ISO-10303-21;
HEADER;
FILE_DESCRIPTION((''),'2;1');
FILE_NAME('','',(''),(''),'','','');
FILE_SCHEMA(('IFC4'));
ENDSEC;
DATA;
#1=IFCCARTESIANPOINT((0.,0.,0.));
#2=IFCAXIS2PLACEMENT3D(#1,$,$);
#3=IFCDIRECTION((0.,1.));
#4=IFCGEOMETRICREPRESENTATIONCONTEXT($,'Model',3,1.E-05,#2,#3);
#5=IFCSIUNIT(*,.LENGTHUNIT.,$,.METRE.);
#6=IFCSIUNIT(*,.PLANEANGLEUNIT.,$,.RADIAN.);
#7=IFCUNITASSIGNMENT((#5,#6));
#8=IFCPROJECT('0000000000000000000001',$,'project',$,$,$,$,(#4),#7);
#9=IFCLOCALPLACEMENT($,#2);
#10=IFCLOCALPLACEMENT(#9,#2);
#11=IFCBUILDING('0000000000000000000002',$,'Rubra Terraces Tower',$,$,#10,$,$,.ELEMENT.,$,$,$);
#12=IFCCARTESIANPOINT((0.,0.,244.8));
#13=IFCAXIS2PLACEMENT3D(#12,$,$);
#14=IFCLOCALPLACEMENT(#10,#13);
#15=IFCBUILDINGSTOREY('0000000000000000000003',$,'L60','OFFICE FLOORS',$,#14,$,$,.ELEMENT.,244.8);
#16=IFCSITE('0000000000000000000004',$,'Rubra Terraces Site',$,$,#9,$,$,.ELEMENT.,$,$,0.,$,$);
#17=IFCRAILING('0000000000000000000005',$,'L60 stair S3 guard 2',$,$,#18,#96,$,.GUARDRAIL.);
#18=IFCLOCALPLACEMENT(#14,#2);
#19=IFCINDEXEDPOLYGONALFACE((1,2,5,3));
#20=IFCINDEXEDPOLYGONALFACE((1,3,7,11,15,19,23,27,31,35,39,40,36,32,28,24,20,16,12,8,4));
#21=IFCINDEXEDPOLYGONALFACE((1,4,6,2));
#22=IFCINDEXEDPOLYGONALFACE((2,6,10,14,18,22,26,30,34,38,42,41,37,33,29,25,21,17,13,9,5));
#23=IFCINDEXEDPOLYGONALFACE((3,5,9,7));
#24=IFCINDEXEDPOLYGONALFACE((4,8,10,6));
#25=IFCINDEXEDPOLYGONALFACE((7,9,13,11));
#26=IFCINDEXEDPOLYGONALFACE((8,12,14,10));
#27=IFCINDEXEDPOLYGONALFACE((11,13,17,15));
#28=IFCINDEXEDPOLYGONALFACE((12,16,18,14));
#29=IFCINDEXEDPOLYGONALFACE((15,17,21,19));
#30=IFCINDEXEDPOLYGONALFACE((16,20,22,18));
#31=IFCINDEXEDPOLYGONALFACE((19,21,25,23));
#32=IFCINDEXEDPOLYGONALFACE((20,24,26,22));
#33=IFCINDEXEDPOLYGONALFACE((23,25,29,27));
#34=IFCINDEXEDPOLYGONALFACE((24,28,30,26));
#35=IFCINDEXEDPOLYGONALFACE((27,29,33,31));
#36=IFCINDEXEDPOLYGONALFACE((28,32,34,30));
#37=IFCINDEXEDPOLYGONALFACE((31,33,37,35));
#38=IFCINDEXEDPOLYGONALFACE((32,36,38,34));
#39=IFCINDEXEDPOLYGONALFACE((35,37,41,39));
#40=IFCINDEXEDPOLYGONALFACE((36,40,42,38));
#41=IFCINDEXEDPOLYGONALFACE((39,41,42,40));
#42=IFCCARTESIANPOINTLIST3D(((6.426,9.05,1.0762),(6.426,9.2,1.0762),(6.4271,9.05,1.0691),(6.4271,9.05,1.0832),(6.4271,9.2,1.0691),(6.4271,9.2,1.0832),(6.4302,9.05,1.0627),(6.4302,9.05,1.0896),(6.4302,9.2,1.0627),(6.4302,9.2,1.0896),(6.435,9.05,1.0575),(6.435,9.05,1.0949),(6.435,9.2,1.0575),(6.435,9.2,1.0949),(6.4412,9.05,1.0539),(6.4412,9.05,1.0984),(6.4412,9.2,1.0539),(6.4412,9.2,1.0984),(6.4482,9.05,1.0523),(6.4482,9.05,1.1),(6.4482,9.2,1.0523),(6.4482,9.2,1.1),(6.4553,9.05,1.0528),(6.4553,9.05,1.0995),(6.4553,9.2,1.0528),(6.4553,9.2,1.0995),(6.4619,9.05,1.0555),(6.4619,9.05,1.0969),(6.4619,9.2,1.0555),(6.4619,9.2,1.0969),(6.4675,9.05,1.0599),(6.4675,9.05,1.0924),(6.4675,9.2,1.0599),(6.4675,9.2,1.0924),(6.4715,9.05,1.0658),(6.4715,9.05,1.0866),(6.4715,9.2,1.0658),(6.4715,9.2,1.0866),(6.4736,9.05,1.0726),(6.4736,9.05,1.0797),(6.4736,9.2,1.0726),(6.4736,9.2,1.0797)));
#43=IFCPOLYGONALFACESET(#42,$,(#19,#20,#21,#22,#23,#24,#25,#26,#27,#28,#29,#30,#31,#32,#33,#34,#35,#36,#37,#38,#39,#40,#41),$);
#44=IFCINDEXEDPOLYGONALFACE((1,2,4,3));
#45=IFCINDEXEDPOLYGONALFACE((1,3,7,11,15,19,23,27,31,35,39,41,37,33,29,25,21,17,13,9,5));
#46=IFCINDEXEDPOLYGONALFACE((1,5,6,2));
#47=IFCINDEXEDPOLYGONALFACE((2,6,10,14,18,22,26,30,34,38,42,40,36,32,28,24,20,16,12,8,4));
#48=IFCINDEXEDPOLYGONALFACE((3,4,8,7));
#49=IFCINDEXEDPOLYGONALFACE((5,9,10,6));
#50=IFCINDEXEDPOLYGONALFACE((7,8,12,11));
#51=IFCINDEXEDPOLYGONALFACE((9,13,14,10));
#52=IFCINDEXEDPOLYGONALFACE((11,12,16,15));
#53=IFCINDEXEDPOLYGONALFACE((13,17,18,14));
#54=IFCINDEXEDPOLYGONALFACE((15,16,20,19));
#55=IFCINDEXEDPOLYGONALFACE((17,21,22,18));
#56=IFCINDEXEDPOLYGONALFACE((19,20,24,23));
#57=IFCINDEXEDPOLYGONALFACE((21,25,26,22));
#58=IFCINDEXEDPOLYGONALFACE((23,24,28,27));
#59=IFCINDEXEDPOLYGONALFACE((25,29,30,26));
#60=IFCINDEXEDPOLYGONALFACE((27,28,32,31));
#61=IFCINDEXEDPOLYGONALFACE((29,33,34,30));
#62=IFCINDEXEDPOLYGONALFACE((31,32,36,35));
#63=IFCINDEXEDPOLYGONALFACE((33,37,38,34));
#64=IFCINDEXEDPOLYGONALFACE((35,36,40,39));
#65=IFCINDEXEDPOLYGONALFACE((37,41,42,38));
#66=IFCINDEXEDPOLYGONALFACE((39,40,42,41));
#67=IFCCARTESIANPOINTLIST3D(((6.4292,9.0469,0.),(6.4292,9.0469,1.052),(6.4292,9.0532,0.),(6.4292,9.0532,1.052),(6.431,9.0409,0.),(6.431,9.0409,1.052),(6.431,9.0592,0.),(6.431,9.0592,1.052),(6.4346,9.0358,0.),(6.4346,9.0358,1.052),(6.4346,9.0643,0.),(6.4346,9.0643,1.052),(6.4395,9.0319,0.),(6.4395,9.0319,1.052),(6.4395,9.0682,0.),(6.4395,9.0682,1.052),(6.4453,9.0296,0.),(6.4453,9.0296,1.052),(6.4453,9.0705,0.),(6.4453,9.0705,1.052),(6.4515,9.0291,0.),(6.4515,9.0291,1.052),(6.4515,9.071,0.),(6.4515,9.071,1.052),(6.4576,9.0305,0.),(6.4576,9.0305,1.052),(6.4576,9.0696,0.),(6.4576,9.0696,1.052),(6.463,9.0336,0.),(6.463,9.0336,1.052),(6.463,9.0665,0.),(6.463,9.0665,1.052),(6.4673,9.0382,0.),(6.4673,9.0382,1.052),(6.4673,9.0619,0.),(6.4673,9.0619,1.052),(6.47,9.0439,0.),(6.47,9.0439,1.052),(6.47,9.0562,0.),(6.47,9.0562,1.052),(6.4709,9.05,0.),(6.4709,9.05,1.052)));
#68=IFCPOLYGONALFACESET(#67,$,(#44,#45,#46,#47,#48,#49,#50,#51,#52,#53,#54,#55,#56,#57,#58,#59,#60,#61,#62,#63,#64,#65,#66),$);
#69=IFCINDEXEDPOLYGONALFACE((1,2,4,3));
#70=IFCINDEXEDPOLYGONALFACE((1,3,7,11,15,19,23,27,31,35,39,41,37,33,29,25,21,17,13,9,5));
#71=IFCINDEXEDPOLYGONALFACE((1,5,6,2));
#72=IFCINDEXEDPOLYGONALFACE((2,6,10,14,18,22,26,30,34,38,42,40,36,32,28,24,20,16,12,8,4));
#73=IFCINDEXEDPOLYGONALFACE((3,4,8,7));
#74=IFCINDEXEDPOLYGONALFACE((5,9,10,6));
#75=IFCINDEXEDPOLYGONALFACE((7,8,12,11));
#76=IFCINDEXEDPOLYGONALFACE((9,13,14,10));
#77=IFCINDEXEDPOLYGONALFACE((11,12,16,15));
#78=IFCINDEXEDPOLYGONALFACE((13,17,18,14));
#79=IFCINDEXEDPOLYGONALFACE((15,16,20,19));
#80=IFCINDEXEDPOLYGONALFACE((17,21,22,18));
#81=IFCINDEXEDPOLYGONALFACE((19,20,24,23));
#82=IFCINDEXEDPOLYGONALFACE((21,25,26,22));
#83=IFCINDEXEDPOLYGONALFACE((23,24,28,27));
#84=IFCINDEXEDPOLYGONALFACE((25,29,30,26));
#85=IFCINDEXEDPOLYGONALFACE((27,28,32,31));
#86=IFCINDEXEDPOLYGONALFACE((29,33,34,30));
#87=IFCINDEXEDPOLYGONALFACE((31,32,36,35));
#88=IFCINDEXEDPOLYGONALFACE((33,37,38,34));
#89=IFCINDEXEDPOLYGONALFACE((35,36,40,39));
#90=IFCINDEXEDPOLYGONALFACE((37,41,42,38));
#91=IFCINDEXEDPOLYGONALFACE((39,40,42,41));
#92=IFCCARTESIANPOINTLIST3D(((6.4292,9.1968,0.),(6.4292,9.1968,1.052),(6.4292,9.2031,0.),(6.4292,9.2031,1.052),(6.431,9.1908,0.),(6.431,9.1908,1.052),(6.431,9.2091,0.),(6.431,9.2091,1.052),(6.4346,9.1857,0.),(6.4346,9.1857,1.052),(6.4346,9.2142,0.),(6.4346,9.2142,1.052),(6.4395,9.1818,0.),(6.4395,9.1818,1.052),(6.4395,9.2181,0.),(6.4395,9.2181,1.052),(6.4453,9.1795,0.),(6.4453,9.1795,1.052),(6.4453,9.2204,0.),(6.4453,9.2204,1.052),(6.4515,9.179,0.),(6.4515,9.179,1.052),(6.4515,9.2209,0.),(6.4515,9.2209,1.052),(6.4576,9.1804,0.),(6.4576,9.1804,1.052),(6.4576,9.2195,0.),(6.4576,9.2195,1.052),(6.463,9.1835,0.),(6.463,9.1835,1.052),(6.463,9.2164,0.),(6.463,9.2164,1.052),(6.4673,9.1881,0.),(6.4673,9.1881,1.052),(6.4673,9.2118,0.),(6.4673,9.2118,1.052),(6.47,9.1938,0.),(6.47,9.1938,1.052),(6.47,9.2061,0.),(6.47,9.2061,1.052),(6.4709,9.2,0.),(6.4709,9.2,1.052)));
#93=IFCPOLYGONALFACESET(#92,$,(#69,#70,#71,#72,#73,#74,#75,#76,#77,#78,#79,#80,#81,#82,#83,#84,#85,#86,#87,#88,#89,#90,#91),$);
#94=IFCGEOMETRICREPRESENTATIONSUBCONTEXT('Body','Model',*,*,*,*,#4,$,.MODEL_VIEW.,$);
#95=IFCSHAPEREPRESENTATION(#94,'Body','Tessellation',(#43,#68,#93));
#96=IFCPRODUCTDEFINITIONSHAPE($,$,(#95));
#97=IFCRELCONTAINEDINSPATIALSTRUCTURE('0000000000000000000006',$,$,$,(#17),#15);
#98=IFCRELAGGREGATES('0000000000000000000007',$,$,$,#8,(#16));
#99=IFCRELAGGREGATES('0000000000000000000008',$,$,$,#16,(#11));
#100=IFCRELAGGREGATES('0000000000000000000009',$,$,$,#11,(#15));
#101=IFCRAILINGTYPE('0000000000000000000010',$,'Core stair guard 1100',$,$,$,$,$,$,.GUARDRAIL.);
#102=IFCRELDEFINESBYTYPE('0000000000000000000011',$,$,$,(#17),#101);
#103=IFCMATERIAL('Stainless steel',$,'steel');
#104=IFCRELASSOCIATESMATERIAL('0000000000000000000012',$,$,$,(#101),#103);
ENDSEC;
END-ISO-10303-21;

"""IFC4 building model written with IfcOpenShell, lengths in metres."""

from ifc_helpers import new_model, si_unit, direction, frame, origin, origin_2d, place, context, subcontext, project, spatial, circle, extrude, material, type_object, element, save


model = new_model("IFC4")

# Units and contexts
model_context = context("Model", 3, precision=1e-05, world=origin(), true_north=direction((0.0, 1.0)))
body_context = subcontext(model_context, "Body", "Model", "MODEL_VIEW")
ifc_project = project(units=[si_unit("LENGTHUNIT", "METRE"), si_unit("PLANEANGLEUNIT", "RADIAN")], contexts=[model_context])

# Site, building, storey
site_placement = place(None, origin())
site = spatial("IfcSite", under=ifc_project, at=site_placement, Name="Rubra Terraces Site", CompositionType="ELEMENT", RefElevation=0.0)
building_placement = place(site_placement, origin())
building = spatial("IfcBuilding", under=site, at=building_placement, Name="Rubra Terraces Tower", CompositionType="ELEMENT")
storey_placement = place(building_placement, frame((0.0, 0.0, 244.8)))
storey = spatial("IfcBuildingStorey", under=building, at=storey_placement, Name="L60", Description="OFFICE FLOORS", CompositionType="ELEMENT", Elevation=244.8)

# Shared definitions
ifc_material_1 = material(Name="Stainless steel", Category="steel")

# Railing
railing_type_1 = type_object("IfcRailingType", Name="Core stair guard 1100", PredefinedType="GUARDRAIL", material=ifc_material_1)
railing_1_placement = place(storey_placement, frame((6.45, 9.05, 0.0)))
element("IfcRailing", 1, at=railing_1_placement, inside=storey, type_object=railing_type_1, Name="L60 stair S3 guard 2", PredefinedType="GUARDRAIL", context=body_context, shape_type="SweptSolid", body=[
    extrude(circle(Radius=0.0239, at=origin_2d()), frame((0.0, 0.0, 1.0762), z_axis=(0.0, 1.0, 0.0), x_axis=(-1.0, 0.0, 0.0)), (0.0, 0.0, 1.0), 0.1499),
    extrude(circle(Radius=0.021, at=origin_2d()), origin(), (0.0, 0.0, 1.0), 1.052),
    extrude(circle(Radius=0.021, at=origin_2d()), frame((0.0, 0.1499, 0.0)), (0.0, 0.0, 1.0), 1.052),
])

save(model, "model.ifc")
